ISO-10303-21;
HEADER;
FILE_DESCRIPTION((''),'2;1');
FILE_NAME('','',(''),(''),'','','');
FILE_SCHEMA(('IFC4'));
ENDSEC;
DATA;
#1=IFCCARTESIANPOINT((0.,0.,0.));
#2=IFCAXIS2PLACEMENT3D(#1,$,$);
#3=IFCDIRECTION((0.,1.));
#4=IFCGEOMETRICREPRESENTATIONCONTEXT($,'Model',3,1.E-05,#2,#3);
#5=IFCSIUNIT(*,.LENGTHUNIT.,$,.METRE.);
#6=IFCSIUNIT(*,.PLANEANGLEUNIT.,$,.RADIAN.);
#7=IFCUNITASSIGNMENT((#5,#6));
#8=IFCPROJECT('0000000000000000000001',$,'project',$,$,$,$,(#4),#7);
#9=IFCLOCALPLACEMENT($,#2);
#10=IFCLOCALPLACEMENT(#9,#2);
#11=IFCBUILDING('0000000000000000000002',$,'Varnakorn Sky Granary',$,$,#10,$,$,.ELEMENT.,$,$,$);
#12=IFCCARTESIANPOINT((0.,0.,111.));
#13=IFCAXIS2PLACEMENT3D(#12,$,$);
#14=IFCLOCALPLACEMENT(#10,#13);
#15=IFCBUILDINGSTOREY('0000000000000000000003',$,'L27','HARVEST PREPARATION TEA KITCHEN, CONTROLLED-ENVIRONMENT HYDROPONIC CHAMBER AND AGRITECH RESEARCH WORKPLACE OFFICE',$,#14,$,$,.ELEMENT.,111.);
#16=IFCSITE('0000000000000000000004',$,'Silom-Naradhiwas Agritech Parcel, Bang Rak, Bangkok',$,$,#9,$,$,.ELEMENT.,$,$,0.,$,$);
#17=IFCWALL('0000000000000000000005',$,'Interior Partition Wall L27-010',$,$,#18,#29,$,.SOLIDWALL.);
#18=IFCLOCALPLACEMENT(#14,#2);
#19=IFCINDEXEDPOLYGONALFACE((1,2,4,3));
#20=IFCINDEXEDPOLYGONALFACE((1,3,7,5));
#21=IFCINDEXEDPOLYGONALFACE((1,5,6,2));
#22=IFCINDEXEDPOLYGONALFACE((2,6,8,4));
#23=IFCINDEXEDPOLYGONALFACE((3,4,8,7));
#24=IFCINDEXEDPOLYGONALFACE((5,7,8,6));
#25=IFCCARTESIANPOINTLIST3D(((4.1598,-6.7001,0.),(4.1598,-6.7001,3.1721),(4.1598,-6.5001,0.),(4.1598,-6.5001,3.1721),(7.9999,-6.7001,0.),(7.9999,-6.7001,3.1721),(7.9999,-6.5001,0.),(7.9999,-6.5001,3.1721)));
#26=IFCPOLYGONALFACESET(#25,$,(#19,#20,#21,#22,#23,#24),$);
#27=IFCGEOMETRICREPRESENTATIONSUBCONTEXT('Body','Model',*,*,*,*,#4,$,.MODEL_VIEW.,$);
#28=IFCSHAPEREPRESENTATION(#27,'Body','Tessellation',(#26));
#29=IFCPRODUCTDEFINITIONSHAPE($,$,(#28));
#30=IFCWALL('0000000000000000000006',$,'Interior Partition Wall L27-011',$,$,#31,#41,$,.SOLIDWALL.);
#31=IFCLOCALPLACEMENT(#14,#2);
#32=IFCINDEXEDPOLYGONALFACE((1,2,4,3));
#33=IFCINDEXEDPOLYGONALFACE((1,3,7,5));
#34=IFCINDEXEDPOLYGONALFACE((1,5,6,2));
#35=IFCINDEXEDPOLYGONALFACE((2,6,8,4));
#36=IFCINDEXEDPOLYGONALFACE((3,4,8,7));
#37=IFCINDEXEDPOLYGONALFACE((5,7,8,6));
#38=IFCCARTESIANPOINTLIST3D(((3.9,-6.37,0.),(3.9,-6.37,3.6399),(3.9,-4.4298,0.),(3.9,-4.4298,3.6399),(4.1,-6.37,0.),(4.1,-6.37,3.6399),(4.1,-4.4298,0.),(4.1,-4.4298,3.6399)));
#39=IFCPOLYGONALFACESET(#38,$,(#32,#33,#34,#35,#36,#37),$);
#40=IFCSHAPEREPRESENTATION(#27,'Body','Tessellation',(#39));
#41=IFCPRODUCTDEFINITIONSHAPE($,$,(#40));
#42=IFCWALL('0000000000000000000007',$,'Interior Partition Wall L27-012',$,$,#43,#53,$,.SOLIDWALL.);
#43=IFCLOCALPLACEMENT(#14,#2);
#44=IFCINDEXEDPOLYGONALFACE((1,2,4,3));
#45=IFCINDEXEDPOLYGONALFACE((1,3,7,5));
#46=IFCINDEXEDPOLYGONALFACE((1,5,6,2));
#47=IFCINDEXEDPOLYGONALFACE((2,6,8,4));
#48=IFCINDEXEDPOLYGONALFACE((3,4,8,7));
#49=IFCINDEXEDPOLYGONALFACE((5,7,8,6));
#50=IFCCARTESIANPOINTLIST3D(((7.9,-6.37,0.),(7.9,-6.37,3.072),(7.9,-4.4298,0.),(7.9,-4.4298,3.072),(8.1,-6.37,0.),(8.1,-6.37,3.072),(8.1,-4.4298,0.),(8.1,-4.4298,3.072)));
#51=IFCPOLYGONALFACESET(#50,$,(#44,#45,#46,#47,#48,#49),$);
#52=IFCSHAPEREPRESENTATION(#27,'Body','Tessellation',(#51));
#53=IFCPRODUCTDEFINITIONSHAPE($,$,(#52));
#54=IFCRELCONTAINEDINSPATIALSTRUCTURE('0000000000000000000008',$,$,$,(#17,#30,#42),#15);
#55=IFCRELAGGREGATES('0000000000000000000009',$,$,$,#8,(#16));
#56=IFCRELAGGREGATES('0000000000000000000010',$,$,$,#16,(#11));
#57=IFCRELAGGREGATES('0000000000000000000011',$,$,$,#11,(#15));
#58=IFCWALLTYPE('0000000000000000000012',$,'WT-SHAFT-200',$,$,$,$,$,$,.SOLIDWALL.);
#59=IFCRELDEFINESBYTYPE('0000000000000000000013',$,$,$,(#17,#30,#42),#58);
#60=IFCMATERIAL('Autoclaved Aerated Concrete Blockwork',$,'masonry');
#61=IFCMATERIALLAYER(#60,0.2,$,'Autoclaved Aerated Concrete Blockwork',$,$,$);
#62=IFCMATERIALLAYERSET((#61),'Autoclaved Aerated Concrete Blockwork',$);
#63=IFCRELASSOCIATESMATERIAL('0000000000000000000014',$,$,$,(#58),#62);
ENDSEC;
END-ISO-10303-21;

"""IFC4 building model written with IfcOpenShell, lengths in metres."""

from ifc_helpers import new_model, si_unit, direction, frame, frame_2d, origin, place, context, subcontext, project, spatial, rectangle, extrude, material, layer, layer_set, type_object, element, save


model = new_model("IFC4")

# Units and contexts
model_context = context("Model", 3, precision=1e-05, world=origin(), true_north=direction((0.0, 1.0)))
body_context = subcontext(model_context, "Body", "Model", "MODEL_VIEW")
ifc_project = project(units=[si_unit("LENGTHUNIT", "METRE"), si_unit("PLANEANGLEUNIT", "RADIAN")], contexts=[model_context])

# Site, building, storey
site_placement = place(None, origin())
site = spatial("IfcSite", under=ifc_project, at=site_placement, Name="Silom-Naradhiwas Agritech Parcel, Bang Rak, Bangkok", CompositionType="ELEMENT", RefElevation=0.0)
building_placement = place(site_placement, origin())
building = spatial("IfcBuilding", under=site, at=building_placement, Name="Varnakorn Sky Granary", CompositionType="ELEMENT")
storey_placement = place(building_placement, frame((0.0, 0.0, 111.0)))
storey = spatial("IfcBuildingStorey", under=building, at=storey_placement, Name="L27", Description="HARVEST PREPARATION TEA KITCHEN, CONTROLLED-ENVIRONMENT HYDROPONIC CHAMBER AND AGRITECH RESEARCH WORKPLACE OFFICE", CompositionType="ELEMENT", Elevation=111.0)

# Shared definitions
ifc_material_1 = material(Name="Autoclaved Aerated Concrete Blockwork", Category="masonry")

# Walls
ifc_layer_1 = layer(ifc_material_1, 0.2, Name="Autoclaved Aerated Concrete Blockwork")
ifc_layer_set_1 = layer_set([ifc_layer_1], Name="Autoclaved Aerated Concrete Blockwork")
wall_type_1 = type_object("IfcWallType", Name="WT-SHAFT-200", PredefinedType="SOLIDWALL", material=ifc_layer_set_1)
wall_1_placement = place(storey_placement, frame((4.1599, -6.6001, 0.0), z_axis=(0.0, 0.0, 1.0), x_axis=(1.0, 0.0, 0.0)))
element("IfcWall", 1, at=wall_1_placement, inside=storey, type_object=wall_type_1, Name="Interior Partition Wall L27-010", PredefinedType="SOLIDWALL", context=body_context, shape_type="SweptSolid", body=[
    extrude(rectangle(XDim=3.8401, YDim=0.2, at=frame_2d((1.9199, 0.0))), origin(), (0.0, 0.0, 1.0), 3.1721),
])
wall_2_placement = place(storey_placement, frame((4.0, -6.3701, 0.0), z_axis=(0.0, 0.0, 1.0), x_axis=(0.0, 1.0, 0.0)))
element("IfcWall", 2, at=wall_2_placement, inside=storey, type_object=wall_type_1, Name="Interior Partition Wall L27-011", PredefinedType="SOLIDWALL", context=body_context, shape_type="SweptSolid", body=[
    extrude(rectangle(XDim=1.9402, YDim=0.2, at=frame_2d((0.9702, 0.0))), origin(), (0.0, 0.0, 1.0), 3.6399),
])
wall_3_placement = place(storey_placement, frame((8.0, -6.3701, 0.0), z_axis=(0.0, 0.0, 1.0), x_axis=(0.0, 1.0, 0.0)))
element("IfcWall", 3, at=wall_3_placement, inside=storey, type_object=wall_type_1, Name="Interior Partition Wall L27-012", PredefinedType="SOLIDWALL", context=body_context, shape_type="SweptSolid", body=[
    extrude(rectangle(XDim=1.9402, YDim=0.2, at=frame_2d((0.9702, 0.0))), origin(), (0.0, 0.0, 1.0), 3.072),
])

save(model, "model.ifc")
